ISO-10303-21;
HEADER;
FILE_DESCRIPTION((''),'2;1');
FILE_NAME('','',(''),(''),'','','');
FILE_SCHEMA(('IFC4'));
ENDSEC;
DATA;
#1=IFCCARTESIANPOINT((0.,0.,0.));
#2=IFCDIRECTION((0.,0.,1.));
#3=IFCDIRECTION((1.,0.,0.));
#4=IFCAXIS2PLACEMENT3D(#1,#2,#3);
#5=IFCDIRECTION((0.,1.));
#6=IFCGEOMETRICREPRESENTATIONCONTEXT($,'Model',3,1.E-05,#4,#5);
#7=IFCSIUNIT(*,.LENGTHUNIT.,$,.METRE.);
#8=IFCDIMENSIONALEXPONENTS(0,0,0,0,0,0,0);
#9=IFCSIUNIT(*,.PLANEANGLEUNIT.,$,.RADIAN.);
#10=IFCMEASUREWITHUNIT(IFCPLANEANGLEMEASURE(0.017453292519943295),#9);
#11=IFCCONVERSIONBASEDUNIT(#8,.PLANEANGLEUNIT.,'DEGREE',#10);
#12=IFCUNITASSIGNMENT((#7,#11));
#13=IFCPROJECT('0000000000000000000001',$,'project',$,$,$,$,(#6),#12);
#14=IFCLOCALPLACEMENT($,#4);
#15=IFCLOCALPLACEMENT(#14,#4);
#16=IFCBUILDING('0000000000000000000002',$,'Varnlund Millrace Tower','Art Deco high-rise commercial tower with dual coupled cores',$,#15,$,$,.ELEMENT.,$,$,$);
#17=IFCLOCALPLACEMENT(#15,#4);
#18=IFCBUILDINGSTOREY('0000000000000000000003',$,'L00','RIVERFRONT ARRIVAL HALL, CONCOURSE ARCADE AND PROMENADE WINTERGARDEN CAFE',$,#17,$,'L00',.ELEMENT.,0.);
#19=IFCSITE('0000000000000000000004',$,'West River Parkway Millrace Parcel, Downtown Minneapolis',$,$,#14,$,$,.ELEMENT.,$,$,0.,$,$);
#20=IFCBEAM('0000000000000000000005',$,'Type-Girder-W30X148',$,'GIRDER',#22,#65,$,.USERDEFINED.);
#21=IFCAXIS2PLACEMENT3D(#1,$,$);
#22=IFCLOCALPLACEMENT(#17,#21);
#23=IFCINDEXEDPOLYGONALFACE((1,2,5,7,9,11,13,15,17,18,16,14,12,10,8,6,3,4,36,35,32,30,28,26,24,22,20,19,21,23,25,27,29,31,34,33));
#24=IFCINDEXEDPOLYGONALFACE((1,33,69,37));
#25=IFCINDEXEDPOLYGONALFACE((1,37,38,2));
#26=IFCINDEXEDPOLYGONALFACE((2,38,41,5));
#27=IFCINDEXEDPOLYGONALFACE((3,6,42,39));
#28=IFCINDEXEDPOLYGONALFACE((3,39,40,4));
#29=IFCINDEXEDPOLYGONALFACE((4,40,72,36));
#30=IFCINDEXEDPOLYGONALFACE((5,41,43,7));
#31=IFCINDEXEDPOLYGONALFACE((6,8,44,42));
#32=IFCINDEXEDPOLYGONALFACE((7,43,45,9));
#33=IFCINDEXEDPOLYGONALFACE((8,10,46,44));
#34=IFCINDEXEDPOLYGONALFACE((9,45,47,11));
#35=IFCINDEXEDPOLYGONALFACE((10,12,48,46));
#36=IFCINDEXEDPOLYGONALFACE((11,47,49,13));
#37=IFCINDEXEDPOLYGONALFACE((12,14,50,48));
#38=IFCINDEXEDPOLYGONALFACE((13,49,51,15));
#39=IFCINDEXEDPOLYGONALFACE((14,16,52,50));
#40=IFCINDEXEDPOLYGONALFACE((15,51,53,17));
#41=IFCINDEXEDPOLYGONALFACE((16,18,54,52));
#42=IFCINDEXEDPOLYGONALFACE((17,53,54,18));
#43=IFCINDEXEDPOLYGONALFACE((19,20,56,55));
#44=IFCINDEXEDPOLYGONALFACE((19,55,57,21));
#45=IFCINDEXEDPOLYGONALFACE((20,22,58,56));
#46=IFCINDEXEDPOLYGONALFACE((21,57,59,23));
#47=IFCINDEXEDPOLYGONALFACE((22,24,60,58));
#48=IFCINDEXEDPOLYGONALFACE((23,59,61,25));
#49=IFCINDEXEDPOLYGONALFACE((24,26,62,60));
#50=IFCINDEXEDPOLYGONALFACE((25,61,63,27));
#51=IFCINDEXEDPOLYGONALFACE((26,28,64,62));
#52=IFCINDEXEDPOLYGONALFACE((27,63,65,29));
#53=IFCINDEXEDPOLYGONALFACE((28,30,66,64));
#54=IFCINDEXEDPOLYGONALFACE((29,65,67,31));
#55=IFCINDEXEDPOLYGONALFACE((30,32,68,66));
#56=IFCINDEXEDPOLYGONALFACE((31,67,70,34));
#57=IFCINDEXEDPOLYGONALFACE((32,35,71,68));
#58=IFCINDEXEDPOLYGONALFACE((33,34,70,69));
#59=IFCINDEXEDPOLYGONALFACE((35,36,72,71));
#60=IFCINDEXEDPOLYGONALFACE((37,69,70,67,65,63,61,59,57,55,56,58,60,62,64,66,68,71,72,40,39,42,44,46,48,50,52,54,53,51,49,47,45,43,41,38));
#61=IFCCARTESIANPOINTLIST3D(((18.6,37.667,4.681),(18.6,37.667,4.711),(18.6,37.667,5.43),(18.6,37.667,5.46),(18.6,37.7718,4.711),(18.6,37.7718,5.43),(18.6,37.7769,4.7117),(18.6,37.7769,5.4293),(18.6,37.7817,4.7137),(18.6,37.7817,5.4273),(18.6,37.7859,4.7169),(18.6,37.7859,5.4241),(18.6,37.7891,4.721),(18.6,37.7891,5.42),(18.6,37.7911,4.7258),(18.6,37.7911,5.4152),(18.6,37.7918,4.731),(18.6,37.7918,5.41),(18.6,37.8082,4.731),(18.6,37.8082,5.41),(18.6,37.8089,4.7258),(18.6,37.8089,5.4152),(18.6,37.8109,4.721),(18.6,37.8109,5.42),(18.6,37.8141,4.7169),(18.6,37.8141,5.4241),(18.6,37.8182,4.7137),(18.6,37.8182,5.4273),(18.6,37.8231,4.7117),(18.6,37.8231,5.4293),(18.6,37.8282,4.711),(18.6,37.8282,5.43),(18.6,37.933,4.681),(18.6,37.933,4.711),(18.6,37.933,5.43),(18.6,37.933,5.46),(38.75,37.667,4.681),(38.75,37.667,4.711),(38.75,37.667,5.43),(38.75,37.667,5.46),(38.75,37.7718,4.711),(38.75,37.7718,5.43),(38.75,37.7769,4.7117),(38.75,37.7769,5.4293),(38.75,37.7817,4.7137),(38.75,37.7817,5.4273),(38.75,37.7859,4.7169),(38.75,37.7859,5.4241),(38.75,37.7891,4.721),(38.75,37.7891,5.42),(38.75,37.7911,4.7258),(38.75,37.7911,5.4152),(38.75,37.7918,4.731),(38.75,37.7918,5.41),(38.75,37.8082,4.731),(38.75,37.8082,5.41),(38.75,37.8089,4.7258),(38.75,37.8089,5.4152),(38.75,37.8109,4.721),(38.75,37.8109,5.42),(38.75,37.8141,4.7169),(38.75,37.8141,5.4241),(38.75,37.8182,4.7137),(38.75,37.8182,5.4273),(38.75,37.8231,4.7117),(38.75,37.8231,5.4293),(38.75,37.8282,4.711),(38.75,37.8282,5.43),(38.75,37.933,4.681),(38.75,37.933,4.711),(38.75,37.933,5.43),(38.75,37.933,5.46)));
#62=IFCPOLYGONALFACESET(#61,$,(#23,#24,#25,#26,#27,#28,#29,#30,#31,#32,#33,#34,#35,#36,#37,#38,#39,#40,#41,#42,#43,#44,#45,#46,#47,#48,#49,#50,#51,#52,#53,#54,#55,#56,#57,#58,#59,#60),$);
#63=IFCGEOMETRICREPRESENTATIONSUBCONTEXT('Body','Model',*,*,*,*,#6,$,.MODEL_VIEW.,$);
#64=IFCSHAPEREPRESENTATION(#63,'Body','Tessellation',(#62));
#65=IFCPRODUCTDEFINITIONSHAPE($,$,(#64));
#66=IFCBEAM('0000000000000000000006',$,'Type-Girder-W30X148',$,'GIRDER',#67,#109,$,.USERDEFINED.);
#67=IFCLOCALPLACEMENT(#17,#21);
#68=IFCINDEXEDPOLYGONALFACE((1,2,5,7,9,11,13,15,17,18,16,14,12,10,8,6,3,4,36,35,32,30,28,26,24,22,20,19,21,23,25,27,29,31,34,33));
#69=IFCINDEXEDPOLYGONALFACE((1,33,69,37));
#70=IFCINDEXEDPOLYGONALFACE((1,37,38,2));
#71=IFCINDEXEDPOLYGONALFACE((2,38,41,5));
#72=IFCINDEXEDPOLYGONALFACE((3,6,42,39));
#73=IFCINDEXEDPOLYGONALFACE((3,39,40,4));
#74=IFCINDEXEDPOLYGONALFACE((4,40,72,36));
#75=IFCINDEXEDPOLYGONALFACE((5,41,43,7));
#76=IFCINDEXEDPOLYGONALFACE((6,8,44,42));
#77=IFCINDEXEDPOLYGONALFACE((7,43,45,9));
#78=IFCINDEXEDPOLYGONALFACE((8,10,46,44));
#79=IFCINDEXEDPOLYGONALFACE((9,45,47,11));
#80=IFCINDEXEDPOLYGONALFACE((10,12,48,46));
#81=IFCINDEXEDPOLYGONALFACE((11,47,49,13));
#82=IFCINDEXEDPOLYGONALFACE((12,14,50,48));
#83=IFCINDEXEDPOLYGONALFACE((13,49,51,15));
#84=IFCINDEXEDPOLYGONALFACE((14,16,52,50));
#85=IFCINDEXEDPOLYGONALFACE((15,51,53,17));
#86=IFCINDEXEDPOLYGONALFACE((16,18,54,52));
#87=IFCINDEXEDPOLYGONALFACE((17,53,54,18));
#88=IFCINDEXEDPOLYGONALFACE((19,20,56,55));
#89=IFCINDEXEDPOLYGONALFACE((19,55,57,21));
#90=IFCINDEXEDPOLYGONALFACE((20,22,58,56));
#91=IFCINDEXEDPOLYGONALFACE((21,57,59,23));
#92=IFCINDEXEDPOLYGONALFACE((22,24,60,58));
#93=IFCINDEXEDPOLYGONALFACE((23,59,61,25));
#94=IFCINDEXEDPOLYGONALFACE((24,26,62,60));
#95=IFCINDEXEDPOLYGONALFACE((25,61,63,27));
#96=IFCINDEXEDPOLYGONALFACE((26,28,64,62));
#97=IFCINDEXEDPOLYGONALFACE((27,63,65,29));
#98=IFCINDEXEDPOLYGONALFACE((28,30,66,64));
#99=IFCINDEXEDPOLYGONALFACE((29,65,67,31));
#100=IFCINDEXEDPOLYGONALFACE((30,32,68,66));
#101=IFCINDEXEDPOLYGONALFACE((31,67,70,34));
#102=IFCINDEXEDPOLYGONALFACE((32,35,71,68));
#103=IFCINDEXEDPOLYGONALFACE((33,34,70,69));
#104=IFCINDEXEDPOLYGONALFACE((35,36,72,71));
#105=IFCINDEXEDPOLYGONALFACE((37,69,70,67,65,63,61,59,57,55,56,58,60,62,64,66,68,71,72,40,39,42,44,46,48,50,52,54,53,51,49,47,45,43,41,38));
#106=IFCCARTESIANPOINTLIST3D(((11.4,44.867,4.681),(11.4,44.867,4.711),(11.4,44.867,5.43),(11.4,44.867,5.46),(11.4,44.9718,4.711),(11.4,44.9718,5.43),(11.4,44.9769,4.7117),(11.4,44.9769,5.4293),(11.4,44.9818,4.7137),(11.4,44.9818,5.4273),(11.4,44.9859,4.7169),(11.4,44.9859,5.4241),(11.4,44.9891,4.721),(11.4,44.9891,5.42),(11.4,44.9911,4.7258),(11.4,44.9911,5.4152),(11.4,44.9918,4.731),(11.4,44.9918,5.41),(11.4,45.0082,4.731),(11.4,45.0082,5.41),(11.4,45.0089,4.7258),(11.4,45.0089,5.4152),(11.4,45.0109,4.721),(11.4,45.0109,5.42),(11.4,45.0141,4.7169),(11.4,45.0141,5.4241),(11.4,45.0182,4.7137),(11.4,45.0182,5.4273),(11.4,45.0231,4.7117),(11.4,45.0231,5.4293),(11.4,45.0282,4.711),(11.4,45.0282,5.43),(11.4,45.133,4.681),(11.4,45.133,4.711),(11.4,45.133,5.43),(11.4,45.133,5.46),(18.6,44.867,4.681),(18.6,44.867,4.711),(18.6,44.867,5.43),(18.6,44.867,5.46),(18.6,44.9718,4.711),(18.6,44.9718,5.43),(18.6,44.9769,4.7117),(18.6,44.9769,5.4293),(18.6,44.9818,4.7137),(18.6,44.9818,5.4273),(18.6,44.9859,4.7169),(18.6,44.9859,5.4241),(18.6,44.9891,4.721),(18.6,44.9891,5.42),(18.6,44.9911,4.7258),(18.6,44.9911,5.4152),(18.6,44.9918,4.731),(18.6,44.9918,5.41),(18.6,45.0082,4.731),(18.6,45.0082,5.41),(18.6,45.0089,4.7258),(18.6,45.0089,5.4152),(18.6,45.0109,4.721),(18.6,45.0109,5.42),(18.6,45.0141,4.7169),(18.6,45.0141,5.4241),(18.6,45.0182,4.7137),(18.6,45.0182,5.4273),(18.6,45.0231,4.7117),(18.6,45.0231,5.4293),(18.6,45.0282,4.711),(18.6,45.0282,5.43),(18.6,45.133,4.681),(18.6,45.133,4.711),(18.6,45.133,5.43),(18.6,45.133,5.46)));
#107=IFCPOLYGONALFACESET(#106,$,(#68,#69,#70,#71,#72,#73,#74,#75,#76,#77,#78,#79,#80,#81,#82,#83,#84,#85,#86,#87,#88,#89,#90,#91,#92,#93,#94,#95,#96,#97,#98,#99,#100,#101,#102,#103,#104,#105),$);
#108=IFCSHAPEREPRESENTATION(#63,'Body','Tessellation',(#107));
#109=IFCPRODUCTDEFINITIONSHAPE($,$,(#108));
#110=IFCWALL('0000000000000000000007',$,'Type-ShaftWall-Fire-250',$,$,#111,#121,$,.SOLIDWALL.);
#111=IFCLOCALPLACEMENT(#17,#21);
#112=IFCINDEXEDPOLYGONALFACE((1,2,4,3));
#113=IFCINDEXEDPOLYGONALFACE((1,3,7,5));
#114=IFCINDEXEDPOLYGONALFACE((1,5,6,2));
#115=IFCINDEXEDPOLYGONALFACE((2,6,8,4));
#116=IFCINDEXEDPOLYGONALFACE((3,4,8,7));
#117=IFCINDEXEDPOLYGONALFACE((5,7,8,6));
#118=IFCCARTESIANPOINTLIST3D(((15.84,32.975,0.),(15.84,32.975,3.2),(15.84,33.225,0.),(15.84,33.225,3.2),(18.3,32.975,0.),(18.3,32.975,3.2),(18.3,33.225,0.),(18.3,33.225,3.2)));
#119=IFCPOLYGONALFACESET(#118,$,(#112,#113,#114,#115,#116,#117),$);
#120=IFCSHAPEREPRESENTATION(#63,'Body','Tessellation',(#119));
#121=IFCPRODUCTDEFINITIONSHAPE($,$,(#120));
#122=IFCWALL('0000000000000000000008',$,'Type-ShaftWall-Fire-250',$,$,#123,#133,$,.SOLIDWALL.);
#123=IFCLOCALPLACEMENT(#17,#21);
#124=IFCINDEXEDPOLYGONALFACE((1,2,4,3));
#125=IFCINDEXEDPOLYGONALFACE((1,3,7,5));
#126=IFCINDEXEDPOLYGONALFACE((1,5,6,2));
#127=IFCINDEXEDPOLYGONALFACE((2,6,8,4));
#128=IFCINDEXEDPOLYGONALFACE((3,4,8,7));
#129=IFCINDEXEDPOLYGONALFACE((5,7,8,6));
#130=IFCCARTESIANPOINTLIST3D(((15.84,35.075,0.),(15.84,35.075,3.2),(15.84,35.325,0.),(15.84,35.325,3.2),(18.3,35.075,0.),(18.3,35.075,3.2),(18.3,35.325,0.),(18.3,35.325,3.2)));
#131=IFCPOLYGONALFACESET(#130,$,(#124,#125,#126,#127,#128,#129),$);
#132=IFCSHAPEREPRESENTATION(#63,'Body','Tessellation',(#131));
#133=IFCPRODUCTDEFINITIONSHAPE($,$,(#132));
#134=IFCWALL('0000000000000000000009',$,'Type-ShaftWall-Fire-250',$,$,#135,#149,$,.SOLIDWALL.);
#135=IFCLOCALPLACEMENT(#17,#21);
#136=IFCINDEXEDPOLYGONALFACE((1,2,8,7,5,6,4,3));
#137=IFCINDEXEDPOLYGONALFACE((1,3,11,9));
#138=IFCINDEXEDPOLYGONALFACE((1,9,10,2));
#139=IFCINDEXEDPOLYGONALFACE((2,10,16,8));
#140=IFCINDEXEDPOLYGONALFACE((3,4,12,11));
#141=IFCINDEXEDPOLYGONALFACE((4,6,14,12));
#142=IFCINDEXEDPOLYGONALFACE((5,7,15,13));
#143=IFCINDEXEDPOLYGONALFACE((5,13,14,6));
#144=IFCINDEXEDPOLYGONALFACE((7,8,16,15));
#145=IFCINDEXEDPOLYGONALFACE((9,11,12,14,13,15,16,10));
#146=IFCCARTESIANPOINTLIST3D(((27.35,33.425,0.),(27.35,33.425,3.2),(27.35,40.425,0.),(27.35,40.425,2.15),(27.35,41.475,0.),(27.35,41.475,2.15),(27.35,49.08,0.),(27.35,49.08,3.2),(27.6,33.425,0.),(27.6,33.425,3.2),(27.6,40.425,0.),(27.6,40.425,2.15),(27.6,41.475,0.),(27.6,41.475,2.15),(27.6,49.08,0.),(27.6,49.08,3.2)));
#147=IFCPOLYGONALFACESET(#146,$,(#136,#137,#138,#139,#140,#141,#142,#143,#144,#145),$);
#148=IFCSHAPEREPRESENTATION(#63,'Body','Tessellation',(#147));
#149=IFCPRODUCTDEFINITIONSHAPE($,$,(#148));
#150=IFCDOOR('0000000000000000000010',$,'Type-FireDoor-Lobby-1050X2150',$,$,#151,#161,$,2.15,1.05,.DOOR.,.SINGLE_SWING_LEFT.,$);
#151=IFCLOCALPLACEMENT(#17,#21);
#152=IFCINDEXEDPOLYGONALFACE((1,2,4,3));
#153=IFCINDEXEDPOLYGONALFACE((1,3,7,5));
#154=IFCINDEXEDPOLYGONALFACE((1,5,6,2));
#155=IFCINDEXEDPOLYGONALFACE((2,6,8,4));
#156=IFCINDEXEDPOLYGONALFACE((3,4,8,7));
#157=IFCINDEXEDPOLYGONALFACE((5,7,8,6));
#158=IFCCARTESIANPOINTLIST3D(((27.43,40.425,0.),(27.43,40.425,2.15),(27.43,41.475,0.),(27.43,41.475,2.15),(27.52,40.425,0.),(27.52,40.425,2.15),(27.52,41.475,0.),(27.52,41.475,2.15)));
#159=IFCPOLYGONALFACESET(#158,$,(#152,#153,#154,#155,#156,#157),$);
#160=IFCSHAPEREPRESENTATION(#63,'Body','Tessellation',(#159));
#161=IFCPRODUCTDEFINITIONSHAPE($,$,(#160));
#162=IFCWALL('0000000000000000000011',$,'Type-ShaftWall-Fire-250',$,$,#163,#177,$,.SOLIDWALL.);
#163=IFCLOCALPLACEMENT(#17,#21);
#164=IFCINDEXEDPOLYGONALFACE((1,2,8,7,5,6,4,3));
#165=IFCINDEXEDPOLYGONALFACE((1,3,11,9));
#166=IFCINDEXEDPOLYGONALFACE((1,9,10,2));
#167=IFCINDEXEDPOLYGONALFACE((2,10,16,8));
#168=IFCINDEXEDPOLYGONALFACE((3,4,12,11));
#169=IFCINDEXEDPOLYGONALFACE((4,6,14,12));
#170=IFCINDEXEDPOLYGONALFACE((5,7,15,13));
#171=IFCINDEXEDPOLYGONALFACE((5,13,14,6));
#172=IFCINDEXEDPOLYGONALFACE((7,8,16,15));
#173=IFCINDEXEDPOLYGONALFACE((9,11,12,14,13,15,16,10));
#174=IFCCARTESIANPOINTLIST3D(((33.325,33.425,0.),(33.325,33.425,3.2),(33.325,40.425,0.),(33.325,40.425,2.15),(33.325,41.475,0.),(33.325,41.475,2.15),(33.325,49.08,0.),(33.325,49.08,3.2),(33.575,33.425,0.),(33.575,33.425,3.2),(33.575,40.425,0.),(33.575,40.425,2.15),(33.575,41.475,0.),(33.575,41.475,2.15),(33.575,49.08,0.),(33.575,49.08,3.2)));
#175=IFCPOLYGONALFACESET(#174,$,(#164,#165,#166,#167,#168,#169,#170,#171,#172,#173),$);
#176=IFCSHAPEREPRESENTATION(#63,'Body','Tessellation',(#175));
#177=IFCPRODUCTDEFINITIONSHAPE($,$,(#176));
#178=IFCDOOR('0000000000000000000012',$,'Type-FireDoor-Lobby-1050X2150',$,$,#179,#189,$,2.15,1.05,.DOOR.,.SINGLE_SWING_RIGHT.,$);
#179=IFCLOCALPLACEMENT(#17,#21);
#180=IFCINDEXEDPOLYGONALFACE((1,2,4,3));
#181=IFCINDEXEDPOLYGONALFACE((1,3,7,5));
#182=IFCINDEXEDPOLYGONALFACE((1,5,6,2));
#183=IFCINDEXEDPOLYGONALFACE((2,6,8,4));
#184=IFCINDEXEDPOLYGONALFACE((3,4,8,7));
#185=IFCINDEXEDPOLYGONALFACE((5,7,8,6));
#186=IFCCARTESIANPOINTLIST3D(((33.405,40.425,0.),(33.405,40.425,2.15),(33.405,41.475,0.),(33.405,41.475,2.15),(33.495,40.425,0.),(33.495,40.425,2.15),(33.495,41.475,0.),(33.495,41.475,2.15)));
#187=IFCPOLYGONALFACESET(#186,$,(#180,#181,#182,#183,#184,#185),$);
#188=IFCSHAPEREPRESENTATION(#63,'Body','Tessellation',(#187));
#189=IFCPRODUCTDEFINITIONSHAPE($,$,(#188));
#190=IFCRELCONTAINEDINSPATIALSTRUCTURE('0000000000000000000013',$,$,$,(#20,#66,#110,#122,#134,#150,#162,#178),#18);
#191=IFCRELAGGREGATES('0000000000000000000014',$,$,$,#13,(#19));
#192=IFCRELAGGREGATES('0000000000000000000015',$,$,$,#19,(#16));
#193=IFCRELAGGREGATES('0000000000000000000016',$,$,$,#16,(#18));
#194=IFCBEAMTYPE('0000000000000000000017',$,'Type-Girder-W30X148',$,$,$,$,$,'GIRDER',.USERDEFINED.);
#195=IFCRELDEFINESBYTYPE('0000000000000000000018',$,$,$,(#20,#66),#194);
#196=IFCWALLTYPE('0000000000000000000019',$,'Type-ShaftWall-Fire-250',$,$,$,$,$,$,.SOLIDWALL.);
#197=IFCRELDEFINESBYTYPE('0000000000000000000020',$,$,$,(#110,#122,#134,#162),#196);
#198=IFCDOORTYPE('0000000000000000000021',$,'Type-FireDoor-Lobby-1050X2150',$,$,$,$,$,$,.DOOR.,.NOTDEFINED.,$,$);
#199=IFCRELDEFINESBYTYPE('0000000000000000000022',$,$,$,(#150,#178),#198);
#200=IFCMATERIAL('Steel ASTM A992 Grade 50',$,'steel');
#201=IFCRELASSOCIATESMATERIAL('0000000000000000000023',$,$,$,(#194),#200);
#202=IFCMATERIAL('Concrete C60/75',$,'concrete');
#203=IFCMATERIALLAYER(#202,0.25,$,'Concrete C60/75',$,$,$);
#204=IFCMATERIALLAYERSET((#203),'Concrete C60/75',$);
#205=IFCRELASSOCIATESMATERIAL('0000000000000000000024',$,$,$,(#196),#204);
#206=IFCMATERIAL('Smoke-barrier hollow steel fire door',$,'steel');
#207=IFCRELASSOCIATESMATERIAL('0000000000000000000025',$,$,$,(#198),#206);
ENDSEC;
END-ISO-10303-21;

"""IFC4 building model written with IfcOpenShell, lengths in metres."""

from ifc_helpers import new_model, entity, si_unit, converted_unit, direction, frame, origin_with_axes, origin_2d_with_axis, place, context, subcontext, project, spatial, polyline, rectangle, i_section, outline, extrude, material, layer, layer_set, material_profile, profile_set, type_object, element, fill, save


model = new_model("IFC4")

# Units and contexts
model_context = context("Model", 3, precision=1e-05, world=origin_with_axes(), true_north=direction((0.0, 1.0)))
body_context = subcontext(model_context, "Body", "Model", "MODEL_VIEW")
ifc_project = project(units=[si_unit("LENGTHUNIT", "METRE"), converted_unit("PLANEANGLEUNIT", "DEGREE", entity("IfcPlaneAngleMeasure", 0.017453292519943295), si_unit("PLANEANGLEUNIT", "RADIAN"), dimensions=[0, 0, 0, 0, 0, 0, 0])], contexts=[model_context])

# Site, building, storey
site_placement = place(None, origin_with_axes())
site = spatial("IfcSite", under=ifc_project, at=site_placement, Name="West River Parkway Millrace Parcel, Downtown Minneapolis", CompositionType="ELEMENT", RefElevation=0.0)
building_placement = place(site_placement, origin_with_axes())
building = spatial("IfcBuilding", under=site, at=building_placement, Name="Varnlund Millrace Tower", Description="Art Deco high-rise commercial tower with dual coupled cores", CompositionType="ELEMENT")
storey_placement = place(building_placement, origin_with_axes())
storey = spatial("IfcBuildingStorey", under=building, at=storey_placement, Name="L00", Description="RIVERFRONT ARRIVAL HALL, CONCOURSE ARCADE AND PROMENADE WINTERGARDEN CAFE", LongName="L00", CompositionType="ELEMENT", Elevation=0.0)

# Beams
ifc_material_1 = material(Name="Steel ASTM A992 Grade 50", Category="steel")
ifc_material_profile_1 = material_profile(ifc_material_1, i_section(OverallWidth=0.266, OverallDepth=0.779, WebThickness=0.0165, FlangeThickness=0.03, FilletRadius=0.02, at=origin_2d_with_axis()), Name="Steel ASTM A992 Grade 50")
ifc_profile_set_1 = profile_set([ifc_material_profile_1], Name="Steel ASTM A992 Grade 50")
beam_type_1 = type_object("IfcBeamType", Name="Type-Girder-W30X148", ElementType="GIRDER", PredefinedType="USERDEFINED", material=ifc_profile_set_1)
beam_1_placement = place(storey_placement, frame((18.6, 37.8, 5.0705), z_axis=(1.0, 0.0, 0.0), x_axis=(0.0, 1.0, 0.0)))
element("IfcBeam", 1, at=beam_1_placement, inside=storey, type_object=beam_type_1, Name="Type-Girder-W30X148", ObjectType="GIRDER", PredefinedType="USERDEFINED", context=body_context, shape_type="SweptSolid", body=[
    extrude(i_section(OverallWidth=0.266, OverallDepth=0.779, WebThickness=0.0165, FlangeThickness=0.03, FilletRadius=0.02, at=origin_2d_with_axis()), origin_with_axes(), (0.0, 0.0, 1.0), 20.15),
])
beam_2_placement = place(storey_placement, frame((11.4, 45.0, 5.0705), z_axis=(1.0, 0.0, 0.0), x_axis=(0.0, 1.0, 0.0)))
element("IfcBeam", 2, at=beam_2_placement, inside=storey, type_object=beam_type_1, Name="Type-Girder-W30X148", ObjectType="GIRDER", PredefinedType="USERDEFINED", context=body_context, shape_type="SweptSolid", body=[
    extrude(i_section(OverallWidth=0.266, OverallDepth=0.779, WebThickness=0.0165, FlangeThickness=0.03, FilletRadius=0.02, at=origin_2d_with_axis()), origin_with_axes(), (0.0, 0.0, 1.0), 7.2),
])

# Walls
ifc_material_2 = material(Name="Concrete C60/75", Category="concrete")
ifc_layer = layer(ifc_material_2, 0.25, Name="Concrete C60/75")
ifc_layer_set = layer_set([ifc_layer], Name="Concrete C60/75")
wall_type_1 = type_object("IfcWallType", Name="Type-ShaftWall-Fire-250", PredefinedType="SOLIDWALL", material=ifc_layer_set)
for number, where, z_axis, x_axis, name in (
    (3, (15.84, 33.1, 0.0), (0.0, 0.0, 1.0), (1.0, 0.0, 0.0), "Type-ShaftWall-Fire-250"),
    (4, (15.84, 35.2, 0.0), (0.0, 0.0, 1.0), (1.0, 0.0, 0.0), "Type-ShaftWall-Fire-250"),
):
    element("IfcWall", number, at=place(storey_placement, frame(where, z_axis=z_axis, x_axis=x_axis)), inside=storey, type_object=wall_type_1, Name=name, PredefinedType="SOLIDWALL", context=body_context, shape_type="SweptSolid", body=[
        extrude(outline(polyline([(0.0, -0.125), (2.46, -0.125), (2.46, 0.125), (0.0, 0.125), (0.0, -0.125)])), origin_with_axes(), (0.0, 0.0, 1.0), 3.2),
    ])

# Walls, openings, doors
wall_1_placement = place(storey_placement, frame((27.475, 33.425, 0.0), z_axis=(0.0, 0.0, 1.0), x_axis=(0.0, 1.0, 0.0)))
wall_1 = element("IfcWall", 5, at=wall_1_placement, inside=storey, type_object=wall_type_1, Name="Type-ShaftWall-Fire-250", PredefinedType="SOLIDWALL", context=body_context, shape_type="SweptSolid", body=[
    extrude(outline(polyline([(0.0, -0.125), (15.655, -0.125), (15.655, 0.125), (0.0, 0.125), (0.0, -0.125)])), origin_with_axes(), (0.0, 0.0, 1.0), 3.2),
])
opening_1_placement = place(wall_1_placement, frame((7.525, 0.0, 0.0), z_axis=(0.0, 0.0, 1.0), x_axis=(1.0, 0.0, 0.0)))
opening_1 = element("IfcOpeningElement", 6, at=opening_1_placement, cuts=wall_1, PredefinedType="OPENING", context=body_context, shape_type="SweptSolid", body=[
    extrude(rectangle(XDim=1.05, YDim=0.27, at=origin_2d_with_axis()), origin_with_axes(), (0.0, 0.0, 1.0), 2.15),
])
ifc_material_3 = material(Name="Smoke-barrier hollow steel fire door", Category="steel")
door_type_1 = type_object("IfcDoorType", Name="Type-FireDoor-Lobby-1050X2150", OperationType="NOTDEFINED", PredefinedType="DOOR", material=ifc_material_3)
door_1_placement = place(wall_1_placement, frame((7.525, 0.0, 0.0), z_axis=(0.0, 0.0, 1.0), x_axis=(1.0, 0.0, 0.0)))
door_1 = element("IfcDoor", 7, at=door_1_placement, inside=storey, type_object=door_type_1, Name="Type-FireDoor-Lobby-1050X2150", OperationType="SINGLE_SWING_LEFT", OverallHeight=2.15, OverallWidth=1.05, PredefinedType="DOOR", context=body_context, shape_type="SweptSolid", body=[
    extrude(rectangle(XDim=1.05, YDim=0.09, at=origin_2d_with_axis()), origin_with_axes(), (0.0, 0.0, 1.0), 2.15),
])
fill(opening_1, door_1)
wall_2_placement = place(storey_placement, frame((33.45, 33.425, 0.0), z_axis=(0.0, 0.0, 1.0), x_axis=(0.0, 1.0, 0.0)))
wall_2 = element("IfcWall", 8, at=wall_2_placement, inside=storey, type_object=wall_type_1, Name="Type-ShaftWall-Fire-250", PredefinedType="SOLIDWALL", context=body_context, shape_type="SweptSolid", body=[
    extrude(outline(polyline([(0.0, -0.125), (15.655, -0.125), (15.655, 0.125), (0.0, 0.125), (0.0, -0.125)])), origin_with_axes(), (0.0, 0.0, 1.0), 3.2),
])
opening_2_placement = place(wall_2_placement, frame((7.525, 0.0, 0.0), z_axis=(0.0, 0.0, 1.0), x_axis=(1.0, 0.0, 0.0)))
opening_2 = element("IfcOpeningElement", 9, at=opening_2_placement, cuts=wall_2, PredefinedType="OPENING", context=body_context, shape_type="SweptSolid", body=[
    extrude(rectangle(XDim=1.05, YDim=0.27, at=origin_2d_with_axis()), origin_with_axes(), (0.0, 0.0, 1.0), 2.15),
])
door_2_placement = place(wall_2_placement, frame((7.525, 0.0, 0.0), z_axis=(0.0, 0.0, 1.0), x_axis=(1.0, 0.0, 0.0)))
door_2 = element("IfcDoor", 10, at=door_2_placement, inside=storey, type_object=door_type_1, Name="Type-FireDoor-Lobby-1050X2150", OperationType="SINGLE_SWING_RIGHT", OverallHeight=2.15, OverallWidth=1.05, PredefinedType="DOOR", context=body_context, shape_type="SweptSolid", body=[
    extrude(rectangle(XDim=1.05, YDim=0.09, at=origin_2d_with_axis()), origin_with_axes(), (0.0, 0.0, 1.0), 2.15),
])
fill(opening_2, door_2)

save(model, "model.ifc")
